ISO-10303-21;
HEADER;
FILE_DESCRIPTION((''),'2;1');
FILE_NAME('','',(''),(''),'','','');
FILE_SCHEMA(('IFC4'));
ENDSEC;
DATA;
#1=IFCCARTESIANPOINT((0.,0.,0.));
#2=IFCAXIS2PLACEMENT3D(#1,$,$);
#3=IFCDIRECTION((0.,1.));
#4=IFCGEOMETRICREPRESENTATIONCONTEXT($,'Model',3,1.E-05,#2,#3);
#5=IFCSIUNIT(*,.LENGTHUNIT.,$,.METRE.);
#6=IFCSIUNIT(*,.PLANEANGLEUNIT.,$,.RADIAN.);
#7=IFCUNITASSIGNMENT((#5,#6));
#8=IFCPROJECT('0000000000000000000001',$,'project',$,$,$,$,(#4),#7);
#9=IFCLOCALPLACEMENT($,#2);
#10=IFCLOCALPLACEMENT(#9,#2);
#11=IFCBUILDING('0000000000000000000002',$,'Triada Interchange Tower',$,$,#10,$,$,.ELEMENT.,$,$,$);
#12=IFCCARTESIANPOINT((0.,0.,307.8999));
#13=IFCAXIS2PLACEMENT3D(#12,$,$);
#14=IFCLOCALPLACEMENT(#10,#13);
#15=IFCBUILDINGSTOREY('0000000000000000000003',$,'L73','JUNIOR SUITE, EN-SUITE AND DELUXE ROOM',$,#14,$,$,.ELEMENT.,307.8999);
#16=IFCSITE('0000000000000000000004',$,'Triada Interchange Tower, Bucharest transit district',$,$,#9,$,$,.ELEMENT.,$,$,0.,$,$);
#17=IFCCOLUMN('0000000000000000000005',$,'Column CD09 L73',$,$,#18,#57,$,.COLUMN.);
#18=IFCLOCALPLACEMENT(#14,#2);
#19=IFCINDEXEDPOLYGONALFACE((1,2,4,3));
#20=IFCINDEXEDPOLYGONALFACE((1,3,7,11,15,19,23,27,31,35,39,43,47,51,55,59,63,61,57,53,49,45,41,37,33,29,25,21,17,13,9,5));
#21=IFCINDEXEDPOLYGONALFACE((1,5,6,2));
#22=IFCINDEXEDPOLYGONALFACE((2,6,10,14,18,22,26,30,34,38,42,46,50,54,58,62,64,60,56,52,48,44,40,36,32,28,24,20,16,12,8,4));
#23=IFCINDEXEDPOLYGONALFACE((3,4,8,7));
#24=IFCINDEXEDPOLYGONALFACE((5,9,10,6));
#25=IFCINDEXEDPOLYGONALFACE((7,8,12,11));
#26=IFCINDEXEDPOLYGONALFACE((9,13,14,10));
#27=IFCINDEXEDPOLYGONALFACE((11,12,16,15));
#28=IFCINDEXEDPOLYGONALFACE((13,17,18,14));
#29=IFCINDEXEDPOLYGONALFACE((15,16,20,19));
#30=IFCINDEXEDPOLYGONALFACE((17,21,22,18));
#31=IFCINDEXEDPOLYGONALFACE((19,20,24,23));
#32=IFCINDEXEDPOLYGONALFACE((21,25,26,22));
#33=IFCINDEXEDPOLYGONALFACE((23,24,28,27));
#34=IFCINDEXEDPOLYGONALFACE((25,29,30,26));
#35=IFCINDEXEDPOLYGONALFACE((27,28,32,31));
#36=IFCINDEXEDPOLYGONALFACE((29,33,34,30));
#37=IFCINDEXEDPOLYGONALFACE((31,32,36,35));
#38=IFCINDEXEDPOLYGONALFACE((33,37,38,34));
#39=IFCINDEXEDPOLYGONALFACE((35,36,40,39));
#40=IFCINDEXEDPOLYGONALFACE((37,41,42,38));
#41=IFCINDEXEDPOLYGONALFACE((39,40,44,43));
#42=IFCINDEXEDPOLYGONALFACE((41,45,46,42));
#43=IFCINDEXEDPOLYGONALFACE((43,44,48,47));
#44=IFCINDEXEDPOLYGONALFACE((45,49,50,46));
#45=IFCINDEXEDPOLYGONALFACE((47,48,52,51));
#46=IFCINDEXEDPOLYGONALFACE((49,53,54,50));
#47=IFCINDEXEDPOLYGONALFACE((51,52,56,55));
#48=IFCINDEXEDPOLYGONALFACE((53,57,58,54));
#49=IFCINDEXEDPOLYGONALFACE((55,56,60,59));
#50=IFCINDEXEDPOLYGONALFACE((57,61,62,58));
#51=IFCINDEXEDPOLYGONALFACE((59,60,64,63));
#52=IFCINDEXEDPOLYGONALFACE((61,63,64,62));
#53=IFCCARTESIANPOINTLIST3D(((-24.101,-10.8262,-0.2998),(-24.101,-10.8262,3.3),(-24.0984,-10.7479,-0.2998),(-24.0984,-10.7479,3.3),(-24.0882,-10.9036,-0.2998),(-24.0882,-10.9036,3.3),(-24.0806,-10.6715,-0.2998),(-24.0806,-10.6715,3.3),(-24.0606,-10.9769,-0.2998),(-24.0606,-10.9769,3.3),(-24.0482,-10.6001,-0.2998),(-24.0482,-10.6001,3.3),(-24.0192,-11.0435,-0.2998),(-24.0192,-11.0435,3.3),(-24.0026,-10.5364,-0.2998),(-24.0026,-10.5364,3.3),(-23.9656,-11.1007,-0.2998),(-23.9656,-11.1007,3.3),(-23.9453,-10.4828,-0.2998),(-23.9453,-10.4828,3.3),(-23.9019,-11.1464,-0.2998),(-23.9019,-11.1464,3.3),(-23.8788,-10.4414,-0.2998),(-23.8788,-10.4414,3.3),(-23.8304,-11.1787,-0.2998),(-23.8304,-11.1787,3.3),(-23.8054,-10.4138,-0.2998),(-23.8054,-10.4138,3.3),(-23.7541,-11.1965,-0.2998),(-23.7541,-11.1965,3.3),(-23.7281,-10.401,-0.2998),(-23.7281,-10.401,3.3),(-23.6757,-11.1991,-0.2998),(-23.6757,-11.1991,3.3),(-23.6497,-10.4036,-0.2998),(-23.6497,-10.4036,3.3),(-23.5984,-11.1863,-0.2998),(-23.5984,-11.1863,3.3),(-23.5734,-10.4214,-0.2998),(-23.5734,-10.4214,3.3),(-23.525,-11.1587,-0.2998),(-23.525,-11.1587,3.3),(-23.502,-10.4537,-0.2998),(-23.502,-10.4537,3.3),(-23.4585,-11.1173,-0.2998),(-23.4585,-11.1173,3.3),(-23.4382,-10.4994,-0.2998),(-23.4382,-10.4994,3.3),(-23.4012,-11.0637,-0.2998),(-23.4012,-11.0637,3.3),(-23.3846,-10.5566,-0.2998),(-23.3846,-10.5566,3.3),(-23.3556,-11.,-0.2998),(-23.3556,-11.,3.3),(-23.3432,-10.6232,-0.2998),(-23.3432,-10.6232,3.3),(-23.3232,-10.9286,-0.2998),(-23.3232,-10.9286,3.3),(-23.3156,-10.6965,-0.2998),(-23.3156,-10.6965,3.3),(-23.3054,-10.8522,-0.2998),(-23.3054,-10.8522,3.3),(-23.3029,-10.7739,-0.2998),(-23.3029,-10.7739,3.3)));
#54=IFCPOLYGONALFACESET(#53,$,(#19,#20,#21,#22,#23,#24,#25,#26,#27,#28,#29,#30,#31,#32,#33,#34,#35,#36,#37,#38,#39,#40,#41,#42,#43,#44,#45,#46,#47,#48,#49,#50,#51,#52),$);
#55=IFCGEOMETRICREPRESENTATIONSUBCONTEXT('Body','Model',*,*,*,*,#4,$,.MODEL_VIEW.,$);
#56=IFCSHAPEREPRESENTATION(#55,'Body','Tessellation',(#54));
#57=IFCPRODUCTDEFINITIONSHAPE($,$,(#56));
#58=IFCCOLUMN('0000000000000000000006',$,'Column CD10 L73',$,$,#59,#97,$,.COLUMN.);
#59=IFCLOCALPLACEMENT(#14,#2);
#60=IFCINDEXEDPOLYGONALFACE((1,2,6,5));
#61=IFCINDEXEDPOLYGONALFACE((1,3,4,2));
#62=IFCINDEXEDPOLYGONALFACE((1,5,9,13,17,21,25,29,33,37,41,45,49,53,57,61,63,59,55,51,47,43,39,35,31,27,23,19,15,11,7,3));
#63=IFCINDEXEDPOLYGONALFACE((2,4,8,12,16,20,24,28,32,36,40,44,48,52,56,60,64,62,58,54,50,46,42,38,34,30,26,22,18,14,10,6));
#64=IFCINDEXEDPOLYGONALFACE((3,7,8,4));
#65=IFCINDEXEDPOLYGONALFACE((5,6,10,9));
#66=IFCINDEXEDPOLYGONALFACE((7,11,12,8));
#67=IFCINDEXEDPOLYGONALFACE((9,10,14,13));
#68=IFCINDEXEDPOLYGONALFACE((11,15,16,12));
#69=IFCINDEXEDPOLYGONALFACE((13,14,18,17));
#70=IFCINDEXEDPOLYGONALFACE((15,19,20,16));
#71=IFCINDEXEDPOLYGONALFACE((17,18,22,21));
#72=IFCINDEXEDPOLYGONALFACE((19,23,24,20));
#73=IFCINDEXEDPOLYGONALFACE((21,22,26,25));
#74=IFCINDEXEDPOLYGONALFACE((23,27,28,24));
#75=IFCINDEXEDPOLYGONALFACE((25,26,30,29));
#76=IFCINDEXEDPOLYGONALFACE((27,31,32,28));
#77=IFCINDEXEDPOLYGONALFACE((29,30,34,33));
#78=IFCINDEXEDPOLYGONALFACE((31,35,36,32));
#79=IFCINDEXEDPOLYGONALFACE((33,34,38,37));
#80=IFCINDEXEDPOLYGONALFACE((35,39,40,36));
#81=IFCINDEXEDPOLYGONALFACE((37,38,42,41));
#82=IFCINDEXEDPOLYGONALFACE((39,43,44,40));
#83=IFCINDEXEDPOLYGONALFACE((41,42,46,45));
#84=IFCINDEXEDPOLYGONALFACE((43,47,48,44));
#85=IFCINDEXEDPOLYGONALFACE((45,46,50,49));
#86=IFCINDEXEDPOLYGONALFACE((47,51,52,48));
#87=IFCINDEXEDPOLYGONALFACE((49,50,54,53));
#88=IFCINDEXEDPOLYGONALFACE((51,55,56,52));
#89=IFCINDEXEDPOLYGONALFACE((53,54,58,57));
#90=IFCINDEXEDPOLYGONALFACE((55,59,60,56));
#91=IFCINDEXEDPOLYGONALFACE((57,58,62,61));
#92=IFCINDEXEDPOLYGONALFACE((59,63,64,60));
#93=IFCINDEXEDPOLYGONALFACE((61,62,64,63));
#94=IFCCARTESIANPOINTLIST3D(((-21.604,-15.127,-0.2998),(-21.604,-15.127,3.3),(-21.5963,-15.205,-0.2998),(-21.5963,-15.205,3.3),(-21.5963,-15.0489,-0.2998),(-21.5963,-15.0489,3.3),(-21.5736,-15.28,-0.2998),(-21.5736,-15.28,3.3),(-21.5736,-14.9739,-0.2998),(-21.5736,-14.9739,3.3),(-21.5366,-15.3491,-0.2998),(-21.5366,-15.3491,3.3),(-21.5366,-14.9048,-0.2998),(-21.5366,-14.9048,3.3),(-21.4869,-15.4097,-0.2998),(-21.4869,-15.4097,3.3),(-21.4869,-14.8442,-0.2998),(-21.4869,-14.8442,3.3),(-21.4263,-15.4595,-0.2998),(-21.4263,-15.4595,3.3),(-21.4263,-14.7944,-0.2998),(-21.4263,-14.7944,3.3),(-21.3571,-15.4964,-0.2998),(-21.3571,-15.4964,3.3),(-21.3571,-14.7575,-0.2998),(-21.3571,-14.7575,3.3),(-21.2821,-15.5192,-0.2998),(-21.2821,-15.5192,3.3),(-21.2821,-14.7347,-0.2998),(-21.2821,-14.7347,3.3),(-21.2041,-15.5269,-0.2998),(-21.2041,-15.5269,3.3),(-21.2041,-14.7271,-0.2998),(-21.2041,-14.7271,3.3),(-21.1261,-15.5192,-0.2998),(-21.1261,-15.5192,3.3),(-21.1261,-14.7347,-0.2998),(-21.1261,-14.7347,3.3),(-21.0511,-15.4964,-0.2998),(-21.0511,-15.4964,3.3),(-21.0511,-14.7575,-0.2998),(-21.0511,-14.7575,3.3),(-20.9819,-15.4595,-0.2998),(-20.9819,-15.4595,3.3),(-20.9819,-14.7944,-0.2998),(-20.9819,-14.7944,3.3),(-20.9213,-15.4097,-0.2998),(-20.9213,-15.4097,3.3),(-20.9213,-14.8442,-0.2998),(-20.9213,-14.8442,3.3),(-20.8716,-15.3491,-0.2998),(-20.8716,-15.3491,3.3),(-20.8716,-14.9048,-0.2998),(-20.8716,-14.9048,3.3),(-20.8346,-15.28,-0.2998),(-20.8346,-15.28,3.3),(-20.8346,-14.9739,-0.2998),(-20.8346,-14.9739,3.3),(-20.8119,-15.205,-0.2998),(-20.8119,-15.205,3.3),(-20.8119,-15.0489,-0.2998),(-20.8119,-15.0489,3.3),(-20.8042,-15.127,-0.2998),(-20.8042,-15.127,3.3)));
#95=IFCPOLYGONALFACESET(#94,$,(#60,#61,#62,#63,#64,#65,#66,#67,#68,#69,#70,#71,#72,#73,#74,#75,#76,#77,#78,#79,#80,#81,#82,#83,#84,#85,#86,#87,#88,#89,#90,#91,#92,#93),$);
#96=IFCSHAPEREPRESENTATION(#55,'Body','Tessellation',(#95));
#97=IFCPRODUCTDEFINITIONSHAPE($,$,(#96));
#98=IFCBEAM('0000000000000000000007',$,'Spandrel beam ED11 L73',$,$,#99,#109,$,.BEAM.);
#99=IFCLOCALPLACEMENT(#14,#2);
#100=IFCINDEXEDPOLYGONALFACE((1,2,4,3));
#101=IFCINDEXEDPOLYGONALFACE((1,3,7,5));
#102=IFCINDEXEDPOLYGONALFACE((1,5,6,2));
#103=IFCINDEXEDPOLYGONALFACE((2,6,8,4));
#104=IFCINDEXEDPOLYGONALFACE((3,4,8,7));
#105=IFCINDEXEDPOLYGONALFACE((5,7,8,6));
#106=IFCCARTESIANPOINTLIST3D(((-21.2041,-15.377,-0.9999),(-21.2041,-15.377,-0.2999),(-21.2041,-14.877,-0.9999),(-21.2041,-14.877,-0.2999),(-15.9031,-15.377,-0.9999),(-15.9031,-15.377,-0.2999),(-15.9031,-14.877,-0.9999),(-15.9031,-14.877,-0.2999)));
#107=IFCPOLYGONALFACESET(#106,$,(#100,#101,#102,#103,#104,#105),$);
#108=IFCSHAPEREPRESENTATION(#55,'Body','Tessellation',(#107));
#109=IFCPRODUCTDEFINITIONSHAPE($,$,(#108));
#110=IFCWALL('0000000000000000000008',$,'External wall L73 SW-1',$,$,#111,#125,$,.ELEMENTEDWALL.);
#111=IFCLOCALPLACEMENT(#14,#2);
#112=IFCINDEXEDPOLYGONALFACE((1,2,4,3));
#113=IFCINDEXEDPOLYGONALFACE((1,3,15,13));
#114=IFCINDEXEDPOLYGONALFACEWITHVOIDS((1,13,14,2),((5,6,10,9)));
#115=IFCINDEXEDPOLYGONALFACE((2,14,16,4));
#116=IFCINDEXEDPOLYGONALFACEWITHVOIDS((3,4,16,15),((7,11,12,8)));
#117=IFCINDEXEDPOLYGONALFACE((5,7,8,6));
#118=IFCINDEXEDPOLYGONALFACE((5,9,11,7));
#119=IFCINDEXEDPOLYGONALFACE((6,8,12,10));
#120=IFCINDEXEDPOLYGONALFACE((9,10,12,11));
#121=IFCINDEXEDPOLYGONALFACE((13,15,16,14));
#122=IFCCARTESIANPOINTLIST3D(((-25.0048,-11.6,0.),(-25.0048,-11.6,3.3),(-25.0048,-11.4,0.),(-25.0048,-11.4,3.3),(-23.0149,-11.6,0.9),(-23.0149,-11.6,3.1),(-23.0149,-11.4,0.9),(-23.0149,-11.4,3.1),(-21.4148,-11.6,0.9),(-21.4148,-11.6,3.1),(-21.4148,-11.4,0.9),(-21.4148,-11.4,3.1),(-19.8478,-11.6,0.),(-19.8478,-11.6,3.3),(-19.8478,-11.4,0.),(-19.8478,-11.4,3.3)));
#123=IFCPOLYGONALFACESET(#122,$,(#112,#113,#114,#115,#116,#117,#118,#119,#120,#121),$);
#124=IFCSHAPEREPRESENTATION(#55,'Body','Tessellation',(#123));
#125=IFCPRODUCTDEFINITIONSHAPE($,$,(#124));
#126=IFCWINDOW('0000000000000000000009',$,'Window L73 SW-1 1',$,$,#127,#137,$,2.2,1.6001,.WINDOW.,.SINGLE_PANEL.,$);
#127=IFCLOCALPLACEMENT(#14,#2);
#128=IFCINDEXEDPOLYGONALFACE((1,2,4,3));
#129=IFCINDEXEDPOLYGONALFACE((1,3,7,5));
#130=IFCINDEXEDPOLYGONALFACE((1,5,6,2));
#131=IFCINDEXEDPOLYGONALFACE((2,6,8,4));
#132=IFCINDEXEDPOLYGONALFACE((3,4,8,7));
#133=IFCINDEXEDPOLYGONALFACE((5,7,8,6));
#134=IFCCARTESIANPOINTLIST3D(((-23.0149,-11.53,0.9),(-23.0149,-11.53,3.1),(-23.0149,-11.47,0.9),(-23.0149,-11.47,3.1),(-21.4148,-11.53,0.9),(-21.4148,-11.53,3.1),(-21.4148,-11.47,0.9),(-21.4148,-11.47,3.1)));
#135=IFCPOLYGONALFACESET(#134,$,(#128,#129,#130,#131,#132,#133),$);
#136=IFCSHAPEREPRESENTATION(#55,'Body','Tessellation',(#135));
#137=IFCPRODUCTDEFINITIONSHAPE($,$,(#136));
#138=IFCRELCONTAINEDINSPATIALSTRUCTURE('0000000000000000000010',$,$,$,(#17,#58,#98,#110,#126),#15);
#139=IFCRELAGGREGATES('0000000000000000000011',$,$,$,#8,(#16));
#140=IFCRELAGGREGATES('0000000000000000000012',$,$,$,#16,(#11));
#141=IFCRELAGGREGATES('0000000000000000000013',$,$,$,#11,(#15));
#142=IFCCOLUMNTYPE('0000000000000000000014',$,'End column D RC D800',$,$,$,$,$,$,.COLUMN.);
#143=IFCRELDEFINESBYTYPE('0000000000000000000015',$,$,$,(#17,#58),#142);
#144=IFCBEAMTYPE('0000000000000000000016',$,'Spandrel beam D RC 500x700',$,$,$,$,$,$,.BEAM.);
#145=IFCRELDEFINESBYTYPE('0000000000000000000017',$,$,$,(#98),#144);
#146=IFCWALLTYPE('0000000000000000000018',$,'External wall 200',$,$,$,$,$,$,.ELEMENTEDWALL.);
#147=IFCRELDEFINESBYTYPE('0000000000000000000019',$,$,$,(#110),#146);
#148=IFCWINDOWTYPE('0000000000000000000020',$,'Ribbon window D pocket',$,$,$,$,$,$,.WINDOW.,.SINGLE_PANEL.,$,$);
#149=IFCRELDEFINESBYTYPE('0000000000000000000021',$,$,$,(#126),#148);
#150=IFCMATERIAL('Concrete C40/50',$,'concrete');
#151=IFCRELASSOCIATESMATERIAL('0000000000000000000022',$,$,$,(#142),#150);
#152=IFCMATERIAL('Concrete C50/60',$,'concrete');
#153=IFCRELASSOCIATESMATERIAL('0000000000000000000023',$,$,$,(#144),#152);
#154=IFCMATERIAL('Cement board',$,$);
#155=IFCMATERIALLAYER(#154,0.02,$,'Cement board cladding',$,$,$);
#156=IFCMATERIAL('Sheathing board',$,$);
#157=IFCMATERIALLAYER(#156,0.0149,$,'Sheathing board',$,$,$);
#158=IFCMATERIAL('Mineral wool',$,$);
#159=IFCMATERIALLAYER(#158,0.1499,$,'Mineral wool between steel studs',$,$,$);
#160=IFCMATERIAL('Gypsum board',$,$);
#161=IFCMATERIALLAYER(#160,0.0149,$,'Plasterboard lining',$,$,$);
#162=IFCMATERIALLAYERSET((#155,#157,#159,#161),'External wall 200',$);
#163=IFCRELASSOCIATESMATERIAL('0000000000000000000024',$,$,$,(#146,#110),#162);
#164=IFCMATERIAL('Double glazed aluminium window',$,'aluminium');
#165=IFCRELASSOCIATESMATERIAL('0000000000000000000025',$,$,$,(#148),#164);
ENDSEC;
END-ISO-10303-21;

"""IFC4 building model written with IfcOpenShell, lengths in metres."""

from ifc_helpers import new_model, si_unit, direction, frame, frame_2d, origin, origin_2d, place, context, subcontext, project, spatial, rectangle, circle, extrude, material, layer, layer_set, layer_usage, material_profile, profile_set, type_object, element, fill, save


model = new_model("IFC4")

# Units and contexts
model_context = context("Model", 3, precision=1e-05, world=origin(), true_north=direction((0.0, 1.0)))
body_context = subcontext(model_context, "Body", "Model", "MODEL_VIEW")
ifc_project = project(units=[si_unit("LENGTHUNIT", "METRE"), si_unit("PLANEANGLEUNIT", "RADIAN")], contexts=[model_context])

# Site, building, storey
site_placement = place(None, origin())
site = spatial("IfcSite", under=ifc_project, at=site_placement, Name="Triada Interchange Tower, Bucharest transit district", CompositionType="ELEMENT", RefElevation=0.0)
building_placement = place(site_placement, origin())
building = spatial("IfcBuilding", under=site, at=building_placement, Name="Triada Interchange Tower", CompositionType="ELEMENT")
storey_placement = place(building_placement, frame((0.0, 0.0, 307.8999)))
storey = spatial("IfcBuildingStorey", under=building, at=storey_placement, Name="L73", Description="JUNIOR SUITE, EN-SUITE AND DELUXE ROOM", CompositionType="ELEMENT", Elevation=307.8999)

# Columns
ifc_material_1 = material(Name="Concrete C40/50", Category="concrete")
ifc_material_profile_1 = material_profile(ifc_material_1, circle(Radius=0.3999, at=origin_2d()), Name="RC D800")
ifc_profile_set_1 = profile_set([ifc_material_profile_1], Name="Concrete C40/50")
column_type = type_object("IfcColumnType", Name="End column D RC D800", PredefinedType="COLUMN", material=ifc_profile_set_1)
for number, where, z_axis, x_axis, name in (
    (1, (-23.7019, -10.8, -0.2998), (0.0, 0.0, 1.0), (0.5, 0.866025, 0.0), "Column CD09 L73"),
    (2, (-21.2041, -15.127, -0.2998), (0.0, 0.0, 1.0), (1.0, 0.0, 0.0), "Column CD10 L73"),
):
    element("IfcColumn", number, at=place(storey_placement, frame(where, z_axis=z_axis, x_axis=x_axis)), inside=storey, type_object=column_type, Name=name, PredefinedType="COLUMN", context=body_context, shape_type="SweptSolid", body=[
        extrude(circle(Radius=0.3999, at=origin_2d()), origin(), (0.0, 0.0, 1.0), 3.5999),
    ])

# Beam
ifc_material_2 = material(Name="Concrete C50/60", Category="concrete")
ifc_material_profile_2 = material_profile(ifc_material_2, rectangle(XDim=0.5, YDim=0.7, at=origin_2d()), Name="RC 500x700")
ifc_profile_set_2 = profile_set([ifc_material_profile_2], Name="Concrete C50/60")
beam_type = type_object("IfcBeamType", Name="Spandrel beam D RC 500x700", PredefinedType="BEAM", material=ifc_profile_set_2)
beam_placement = place(storey_placement, frame((-21.2041, -15.127, -0.6499), z_axis=(1.0, 0.0, 0.0), x_axis=(0.0, 1.0, 0.0)))
element("IfcBeam", 3, at=beam_placement, inside=storey, type_object=beam_type, Name="Spandrel beam ED11 L73", PredefinedType="BEAM", context=body_context, shape_type="SweptSolid", body=[
    extrude(rectangle(XDim=0.5, YDim=0.7, at=origin_2d()), origin(), (0.0, 0.0, 1.0), 5.301),
])

# Wall, opening, window
ifc_material_3 = material(Name="Cement board")
ifc_layer_1 = layer(ifc_material_3, 0.02, Name="Cement board cladding")
ifc_material_4 = material(Name="Sheathing board")
ifc_layer_2 = layer(ifc_material_4, 0.0149, Name="Sheathing board")
ifc_material_5 = material(Name="Mineral wool")
ifc_layer_3 = layer(ifc_material_5, 0.1499, Name="Mineral wool between steel studs")
ifc_material_6 = material(Name="Gypsum board")
ifc_layer_4 = layer(ifc_material_6, 0.0149, Name="Plasterboard lining")
ifc_layer_set_1 = layer_set([ifc_layer_1, ifc_layer_2, ifc_layer_3, ifc_layer_4], Name="External wall 200")
ifc_layer_usage = layer_usage(ifc_layer_set_1, "AXIS2", "POSITIVE", -0.1001)
wall_type = type_object("IfcWallType", Name="External wall 200", PredefinedType="ELEMENTEDWALL", material=ifc_layer_set_1)
wall_1_placement = place(storey_placement, frame((-25.0049, -11.5, 0.0), z_axis=(0.0, 0.0, 1.0), x_axis=(1.0, 0.0, 0.0)))
wall_1 = element("IfcWall", 4, at=wall_1_placement, inside=storey, type_object=wall_type, material=ifc_layer_usage, Name="External wall L73 SW-1", PredefinedType="ELEMENTEDWALL", context=body_context, shape_type="SweptSolid", body=[
    extrude(rectangle(XDim=5.157, YDim=0.2, at=frame_2d((2.5786, 0.0))), origin(), (0.0, 0.0, 1.0), 3.3),
])
opening_1_placement = place(wall_1_placement, frame((1.99, 0.0, 0.8999)))
opening_1 = element("IfcOpeningElement", 5, at=opening_1_placement, cuts=wall_1, PredefinedType="OPENING", context=body_context, shape_type="SweptSolid", body=[
    extrude(rectangle(XDim=1.6001, YDim=2.2, at=frame_2d((0.8, 1.1001))), frame((0.0, 0.1099, 0.0), z_axis=(0.0, -1.0, 0.0), x_axis=(1.0, 0.0, 0.0)), (0.0, 0.0, 1.0), 0.22),
])
ifc_material_7 = material(Name="Double glazed aluminium window", Category="aluminium")
window_type_1 = type_object("IfcWindowType", Name="Ribbon window D pocket", PartitioningType="SINGLE_PANEL", PredefinedType="WINDOW", material=ifc_material_7)
window_1_placement = place(opening_1_placement, origin())
window_1 = element("IfcWindow", 6, at=window_1_placement, inside=storey, type_object=window_type_1, Name="Window L73 SW-1 1", OverallHeight=2.2, OverallWidth=1.6001, PartitioningType="SINGLE_PANEL", PredefinedType="WINDOW", context=body_context, shape_type="SweptSolid", body=[
    extrude(rectangle(XDim=1.6001, YDim=2.2, at=frame_2d((0.8, 1.1001))), frame((0.0, 0.03, 0.0), z_axis=(0.0, -1.0, 0.0), x_axis=(1.0, 0.0, 0.0)), (0.0, 0.0, 1.0), 0.0601),
])
fill(opening_1, window_1)

save(model, "model.ifc")
